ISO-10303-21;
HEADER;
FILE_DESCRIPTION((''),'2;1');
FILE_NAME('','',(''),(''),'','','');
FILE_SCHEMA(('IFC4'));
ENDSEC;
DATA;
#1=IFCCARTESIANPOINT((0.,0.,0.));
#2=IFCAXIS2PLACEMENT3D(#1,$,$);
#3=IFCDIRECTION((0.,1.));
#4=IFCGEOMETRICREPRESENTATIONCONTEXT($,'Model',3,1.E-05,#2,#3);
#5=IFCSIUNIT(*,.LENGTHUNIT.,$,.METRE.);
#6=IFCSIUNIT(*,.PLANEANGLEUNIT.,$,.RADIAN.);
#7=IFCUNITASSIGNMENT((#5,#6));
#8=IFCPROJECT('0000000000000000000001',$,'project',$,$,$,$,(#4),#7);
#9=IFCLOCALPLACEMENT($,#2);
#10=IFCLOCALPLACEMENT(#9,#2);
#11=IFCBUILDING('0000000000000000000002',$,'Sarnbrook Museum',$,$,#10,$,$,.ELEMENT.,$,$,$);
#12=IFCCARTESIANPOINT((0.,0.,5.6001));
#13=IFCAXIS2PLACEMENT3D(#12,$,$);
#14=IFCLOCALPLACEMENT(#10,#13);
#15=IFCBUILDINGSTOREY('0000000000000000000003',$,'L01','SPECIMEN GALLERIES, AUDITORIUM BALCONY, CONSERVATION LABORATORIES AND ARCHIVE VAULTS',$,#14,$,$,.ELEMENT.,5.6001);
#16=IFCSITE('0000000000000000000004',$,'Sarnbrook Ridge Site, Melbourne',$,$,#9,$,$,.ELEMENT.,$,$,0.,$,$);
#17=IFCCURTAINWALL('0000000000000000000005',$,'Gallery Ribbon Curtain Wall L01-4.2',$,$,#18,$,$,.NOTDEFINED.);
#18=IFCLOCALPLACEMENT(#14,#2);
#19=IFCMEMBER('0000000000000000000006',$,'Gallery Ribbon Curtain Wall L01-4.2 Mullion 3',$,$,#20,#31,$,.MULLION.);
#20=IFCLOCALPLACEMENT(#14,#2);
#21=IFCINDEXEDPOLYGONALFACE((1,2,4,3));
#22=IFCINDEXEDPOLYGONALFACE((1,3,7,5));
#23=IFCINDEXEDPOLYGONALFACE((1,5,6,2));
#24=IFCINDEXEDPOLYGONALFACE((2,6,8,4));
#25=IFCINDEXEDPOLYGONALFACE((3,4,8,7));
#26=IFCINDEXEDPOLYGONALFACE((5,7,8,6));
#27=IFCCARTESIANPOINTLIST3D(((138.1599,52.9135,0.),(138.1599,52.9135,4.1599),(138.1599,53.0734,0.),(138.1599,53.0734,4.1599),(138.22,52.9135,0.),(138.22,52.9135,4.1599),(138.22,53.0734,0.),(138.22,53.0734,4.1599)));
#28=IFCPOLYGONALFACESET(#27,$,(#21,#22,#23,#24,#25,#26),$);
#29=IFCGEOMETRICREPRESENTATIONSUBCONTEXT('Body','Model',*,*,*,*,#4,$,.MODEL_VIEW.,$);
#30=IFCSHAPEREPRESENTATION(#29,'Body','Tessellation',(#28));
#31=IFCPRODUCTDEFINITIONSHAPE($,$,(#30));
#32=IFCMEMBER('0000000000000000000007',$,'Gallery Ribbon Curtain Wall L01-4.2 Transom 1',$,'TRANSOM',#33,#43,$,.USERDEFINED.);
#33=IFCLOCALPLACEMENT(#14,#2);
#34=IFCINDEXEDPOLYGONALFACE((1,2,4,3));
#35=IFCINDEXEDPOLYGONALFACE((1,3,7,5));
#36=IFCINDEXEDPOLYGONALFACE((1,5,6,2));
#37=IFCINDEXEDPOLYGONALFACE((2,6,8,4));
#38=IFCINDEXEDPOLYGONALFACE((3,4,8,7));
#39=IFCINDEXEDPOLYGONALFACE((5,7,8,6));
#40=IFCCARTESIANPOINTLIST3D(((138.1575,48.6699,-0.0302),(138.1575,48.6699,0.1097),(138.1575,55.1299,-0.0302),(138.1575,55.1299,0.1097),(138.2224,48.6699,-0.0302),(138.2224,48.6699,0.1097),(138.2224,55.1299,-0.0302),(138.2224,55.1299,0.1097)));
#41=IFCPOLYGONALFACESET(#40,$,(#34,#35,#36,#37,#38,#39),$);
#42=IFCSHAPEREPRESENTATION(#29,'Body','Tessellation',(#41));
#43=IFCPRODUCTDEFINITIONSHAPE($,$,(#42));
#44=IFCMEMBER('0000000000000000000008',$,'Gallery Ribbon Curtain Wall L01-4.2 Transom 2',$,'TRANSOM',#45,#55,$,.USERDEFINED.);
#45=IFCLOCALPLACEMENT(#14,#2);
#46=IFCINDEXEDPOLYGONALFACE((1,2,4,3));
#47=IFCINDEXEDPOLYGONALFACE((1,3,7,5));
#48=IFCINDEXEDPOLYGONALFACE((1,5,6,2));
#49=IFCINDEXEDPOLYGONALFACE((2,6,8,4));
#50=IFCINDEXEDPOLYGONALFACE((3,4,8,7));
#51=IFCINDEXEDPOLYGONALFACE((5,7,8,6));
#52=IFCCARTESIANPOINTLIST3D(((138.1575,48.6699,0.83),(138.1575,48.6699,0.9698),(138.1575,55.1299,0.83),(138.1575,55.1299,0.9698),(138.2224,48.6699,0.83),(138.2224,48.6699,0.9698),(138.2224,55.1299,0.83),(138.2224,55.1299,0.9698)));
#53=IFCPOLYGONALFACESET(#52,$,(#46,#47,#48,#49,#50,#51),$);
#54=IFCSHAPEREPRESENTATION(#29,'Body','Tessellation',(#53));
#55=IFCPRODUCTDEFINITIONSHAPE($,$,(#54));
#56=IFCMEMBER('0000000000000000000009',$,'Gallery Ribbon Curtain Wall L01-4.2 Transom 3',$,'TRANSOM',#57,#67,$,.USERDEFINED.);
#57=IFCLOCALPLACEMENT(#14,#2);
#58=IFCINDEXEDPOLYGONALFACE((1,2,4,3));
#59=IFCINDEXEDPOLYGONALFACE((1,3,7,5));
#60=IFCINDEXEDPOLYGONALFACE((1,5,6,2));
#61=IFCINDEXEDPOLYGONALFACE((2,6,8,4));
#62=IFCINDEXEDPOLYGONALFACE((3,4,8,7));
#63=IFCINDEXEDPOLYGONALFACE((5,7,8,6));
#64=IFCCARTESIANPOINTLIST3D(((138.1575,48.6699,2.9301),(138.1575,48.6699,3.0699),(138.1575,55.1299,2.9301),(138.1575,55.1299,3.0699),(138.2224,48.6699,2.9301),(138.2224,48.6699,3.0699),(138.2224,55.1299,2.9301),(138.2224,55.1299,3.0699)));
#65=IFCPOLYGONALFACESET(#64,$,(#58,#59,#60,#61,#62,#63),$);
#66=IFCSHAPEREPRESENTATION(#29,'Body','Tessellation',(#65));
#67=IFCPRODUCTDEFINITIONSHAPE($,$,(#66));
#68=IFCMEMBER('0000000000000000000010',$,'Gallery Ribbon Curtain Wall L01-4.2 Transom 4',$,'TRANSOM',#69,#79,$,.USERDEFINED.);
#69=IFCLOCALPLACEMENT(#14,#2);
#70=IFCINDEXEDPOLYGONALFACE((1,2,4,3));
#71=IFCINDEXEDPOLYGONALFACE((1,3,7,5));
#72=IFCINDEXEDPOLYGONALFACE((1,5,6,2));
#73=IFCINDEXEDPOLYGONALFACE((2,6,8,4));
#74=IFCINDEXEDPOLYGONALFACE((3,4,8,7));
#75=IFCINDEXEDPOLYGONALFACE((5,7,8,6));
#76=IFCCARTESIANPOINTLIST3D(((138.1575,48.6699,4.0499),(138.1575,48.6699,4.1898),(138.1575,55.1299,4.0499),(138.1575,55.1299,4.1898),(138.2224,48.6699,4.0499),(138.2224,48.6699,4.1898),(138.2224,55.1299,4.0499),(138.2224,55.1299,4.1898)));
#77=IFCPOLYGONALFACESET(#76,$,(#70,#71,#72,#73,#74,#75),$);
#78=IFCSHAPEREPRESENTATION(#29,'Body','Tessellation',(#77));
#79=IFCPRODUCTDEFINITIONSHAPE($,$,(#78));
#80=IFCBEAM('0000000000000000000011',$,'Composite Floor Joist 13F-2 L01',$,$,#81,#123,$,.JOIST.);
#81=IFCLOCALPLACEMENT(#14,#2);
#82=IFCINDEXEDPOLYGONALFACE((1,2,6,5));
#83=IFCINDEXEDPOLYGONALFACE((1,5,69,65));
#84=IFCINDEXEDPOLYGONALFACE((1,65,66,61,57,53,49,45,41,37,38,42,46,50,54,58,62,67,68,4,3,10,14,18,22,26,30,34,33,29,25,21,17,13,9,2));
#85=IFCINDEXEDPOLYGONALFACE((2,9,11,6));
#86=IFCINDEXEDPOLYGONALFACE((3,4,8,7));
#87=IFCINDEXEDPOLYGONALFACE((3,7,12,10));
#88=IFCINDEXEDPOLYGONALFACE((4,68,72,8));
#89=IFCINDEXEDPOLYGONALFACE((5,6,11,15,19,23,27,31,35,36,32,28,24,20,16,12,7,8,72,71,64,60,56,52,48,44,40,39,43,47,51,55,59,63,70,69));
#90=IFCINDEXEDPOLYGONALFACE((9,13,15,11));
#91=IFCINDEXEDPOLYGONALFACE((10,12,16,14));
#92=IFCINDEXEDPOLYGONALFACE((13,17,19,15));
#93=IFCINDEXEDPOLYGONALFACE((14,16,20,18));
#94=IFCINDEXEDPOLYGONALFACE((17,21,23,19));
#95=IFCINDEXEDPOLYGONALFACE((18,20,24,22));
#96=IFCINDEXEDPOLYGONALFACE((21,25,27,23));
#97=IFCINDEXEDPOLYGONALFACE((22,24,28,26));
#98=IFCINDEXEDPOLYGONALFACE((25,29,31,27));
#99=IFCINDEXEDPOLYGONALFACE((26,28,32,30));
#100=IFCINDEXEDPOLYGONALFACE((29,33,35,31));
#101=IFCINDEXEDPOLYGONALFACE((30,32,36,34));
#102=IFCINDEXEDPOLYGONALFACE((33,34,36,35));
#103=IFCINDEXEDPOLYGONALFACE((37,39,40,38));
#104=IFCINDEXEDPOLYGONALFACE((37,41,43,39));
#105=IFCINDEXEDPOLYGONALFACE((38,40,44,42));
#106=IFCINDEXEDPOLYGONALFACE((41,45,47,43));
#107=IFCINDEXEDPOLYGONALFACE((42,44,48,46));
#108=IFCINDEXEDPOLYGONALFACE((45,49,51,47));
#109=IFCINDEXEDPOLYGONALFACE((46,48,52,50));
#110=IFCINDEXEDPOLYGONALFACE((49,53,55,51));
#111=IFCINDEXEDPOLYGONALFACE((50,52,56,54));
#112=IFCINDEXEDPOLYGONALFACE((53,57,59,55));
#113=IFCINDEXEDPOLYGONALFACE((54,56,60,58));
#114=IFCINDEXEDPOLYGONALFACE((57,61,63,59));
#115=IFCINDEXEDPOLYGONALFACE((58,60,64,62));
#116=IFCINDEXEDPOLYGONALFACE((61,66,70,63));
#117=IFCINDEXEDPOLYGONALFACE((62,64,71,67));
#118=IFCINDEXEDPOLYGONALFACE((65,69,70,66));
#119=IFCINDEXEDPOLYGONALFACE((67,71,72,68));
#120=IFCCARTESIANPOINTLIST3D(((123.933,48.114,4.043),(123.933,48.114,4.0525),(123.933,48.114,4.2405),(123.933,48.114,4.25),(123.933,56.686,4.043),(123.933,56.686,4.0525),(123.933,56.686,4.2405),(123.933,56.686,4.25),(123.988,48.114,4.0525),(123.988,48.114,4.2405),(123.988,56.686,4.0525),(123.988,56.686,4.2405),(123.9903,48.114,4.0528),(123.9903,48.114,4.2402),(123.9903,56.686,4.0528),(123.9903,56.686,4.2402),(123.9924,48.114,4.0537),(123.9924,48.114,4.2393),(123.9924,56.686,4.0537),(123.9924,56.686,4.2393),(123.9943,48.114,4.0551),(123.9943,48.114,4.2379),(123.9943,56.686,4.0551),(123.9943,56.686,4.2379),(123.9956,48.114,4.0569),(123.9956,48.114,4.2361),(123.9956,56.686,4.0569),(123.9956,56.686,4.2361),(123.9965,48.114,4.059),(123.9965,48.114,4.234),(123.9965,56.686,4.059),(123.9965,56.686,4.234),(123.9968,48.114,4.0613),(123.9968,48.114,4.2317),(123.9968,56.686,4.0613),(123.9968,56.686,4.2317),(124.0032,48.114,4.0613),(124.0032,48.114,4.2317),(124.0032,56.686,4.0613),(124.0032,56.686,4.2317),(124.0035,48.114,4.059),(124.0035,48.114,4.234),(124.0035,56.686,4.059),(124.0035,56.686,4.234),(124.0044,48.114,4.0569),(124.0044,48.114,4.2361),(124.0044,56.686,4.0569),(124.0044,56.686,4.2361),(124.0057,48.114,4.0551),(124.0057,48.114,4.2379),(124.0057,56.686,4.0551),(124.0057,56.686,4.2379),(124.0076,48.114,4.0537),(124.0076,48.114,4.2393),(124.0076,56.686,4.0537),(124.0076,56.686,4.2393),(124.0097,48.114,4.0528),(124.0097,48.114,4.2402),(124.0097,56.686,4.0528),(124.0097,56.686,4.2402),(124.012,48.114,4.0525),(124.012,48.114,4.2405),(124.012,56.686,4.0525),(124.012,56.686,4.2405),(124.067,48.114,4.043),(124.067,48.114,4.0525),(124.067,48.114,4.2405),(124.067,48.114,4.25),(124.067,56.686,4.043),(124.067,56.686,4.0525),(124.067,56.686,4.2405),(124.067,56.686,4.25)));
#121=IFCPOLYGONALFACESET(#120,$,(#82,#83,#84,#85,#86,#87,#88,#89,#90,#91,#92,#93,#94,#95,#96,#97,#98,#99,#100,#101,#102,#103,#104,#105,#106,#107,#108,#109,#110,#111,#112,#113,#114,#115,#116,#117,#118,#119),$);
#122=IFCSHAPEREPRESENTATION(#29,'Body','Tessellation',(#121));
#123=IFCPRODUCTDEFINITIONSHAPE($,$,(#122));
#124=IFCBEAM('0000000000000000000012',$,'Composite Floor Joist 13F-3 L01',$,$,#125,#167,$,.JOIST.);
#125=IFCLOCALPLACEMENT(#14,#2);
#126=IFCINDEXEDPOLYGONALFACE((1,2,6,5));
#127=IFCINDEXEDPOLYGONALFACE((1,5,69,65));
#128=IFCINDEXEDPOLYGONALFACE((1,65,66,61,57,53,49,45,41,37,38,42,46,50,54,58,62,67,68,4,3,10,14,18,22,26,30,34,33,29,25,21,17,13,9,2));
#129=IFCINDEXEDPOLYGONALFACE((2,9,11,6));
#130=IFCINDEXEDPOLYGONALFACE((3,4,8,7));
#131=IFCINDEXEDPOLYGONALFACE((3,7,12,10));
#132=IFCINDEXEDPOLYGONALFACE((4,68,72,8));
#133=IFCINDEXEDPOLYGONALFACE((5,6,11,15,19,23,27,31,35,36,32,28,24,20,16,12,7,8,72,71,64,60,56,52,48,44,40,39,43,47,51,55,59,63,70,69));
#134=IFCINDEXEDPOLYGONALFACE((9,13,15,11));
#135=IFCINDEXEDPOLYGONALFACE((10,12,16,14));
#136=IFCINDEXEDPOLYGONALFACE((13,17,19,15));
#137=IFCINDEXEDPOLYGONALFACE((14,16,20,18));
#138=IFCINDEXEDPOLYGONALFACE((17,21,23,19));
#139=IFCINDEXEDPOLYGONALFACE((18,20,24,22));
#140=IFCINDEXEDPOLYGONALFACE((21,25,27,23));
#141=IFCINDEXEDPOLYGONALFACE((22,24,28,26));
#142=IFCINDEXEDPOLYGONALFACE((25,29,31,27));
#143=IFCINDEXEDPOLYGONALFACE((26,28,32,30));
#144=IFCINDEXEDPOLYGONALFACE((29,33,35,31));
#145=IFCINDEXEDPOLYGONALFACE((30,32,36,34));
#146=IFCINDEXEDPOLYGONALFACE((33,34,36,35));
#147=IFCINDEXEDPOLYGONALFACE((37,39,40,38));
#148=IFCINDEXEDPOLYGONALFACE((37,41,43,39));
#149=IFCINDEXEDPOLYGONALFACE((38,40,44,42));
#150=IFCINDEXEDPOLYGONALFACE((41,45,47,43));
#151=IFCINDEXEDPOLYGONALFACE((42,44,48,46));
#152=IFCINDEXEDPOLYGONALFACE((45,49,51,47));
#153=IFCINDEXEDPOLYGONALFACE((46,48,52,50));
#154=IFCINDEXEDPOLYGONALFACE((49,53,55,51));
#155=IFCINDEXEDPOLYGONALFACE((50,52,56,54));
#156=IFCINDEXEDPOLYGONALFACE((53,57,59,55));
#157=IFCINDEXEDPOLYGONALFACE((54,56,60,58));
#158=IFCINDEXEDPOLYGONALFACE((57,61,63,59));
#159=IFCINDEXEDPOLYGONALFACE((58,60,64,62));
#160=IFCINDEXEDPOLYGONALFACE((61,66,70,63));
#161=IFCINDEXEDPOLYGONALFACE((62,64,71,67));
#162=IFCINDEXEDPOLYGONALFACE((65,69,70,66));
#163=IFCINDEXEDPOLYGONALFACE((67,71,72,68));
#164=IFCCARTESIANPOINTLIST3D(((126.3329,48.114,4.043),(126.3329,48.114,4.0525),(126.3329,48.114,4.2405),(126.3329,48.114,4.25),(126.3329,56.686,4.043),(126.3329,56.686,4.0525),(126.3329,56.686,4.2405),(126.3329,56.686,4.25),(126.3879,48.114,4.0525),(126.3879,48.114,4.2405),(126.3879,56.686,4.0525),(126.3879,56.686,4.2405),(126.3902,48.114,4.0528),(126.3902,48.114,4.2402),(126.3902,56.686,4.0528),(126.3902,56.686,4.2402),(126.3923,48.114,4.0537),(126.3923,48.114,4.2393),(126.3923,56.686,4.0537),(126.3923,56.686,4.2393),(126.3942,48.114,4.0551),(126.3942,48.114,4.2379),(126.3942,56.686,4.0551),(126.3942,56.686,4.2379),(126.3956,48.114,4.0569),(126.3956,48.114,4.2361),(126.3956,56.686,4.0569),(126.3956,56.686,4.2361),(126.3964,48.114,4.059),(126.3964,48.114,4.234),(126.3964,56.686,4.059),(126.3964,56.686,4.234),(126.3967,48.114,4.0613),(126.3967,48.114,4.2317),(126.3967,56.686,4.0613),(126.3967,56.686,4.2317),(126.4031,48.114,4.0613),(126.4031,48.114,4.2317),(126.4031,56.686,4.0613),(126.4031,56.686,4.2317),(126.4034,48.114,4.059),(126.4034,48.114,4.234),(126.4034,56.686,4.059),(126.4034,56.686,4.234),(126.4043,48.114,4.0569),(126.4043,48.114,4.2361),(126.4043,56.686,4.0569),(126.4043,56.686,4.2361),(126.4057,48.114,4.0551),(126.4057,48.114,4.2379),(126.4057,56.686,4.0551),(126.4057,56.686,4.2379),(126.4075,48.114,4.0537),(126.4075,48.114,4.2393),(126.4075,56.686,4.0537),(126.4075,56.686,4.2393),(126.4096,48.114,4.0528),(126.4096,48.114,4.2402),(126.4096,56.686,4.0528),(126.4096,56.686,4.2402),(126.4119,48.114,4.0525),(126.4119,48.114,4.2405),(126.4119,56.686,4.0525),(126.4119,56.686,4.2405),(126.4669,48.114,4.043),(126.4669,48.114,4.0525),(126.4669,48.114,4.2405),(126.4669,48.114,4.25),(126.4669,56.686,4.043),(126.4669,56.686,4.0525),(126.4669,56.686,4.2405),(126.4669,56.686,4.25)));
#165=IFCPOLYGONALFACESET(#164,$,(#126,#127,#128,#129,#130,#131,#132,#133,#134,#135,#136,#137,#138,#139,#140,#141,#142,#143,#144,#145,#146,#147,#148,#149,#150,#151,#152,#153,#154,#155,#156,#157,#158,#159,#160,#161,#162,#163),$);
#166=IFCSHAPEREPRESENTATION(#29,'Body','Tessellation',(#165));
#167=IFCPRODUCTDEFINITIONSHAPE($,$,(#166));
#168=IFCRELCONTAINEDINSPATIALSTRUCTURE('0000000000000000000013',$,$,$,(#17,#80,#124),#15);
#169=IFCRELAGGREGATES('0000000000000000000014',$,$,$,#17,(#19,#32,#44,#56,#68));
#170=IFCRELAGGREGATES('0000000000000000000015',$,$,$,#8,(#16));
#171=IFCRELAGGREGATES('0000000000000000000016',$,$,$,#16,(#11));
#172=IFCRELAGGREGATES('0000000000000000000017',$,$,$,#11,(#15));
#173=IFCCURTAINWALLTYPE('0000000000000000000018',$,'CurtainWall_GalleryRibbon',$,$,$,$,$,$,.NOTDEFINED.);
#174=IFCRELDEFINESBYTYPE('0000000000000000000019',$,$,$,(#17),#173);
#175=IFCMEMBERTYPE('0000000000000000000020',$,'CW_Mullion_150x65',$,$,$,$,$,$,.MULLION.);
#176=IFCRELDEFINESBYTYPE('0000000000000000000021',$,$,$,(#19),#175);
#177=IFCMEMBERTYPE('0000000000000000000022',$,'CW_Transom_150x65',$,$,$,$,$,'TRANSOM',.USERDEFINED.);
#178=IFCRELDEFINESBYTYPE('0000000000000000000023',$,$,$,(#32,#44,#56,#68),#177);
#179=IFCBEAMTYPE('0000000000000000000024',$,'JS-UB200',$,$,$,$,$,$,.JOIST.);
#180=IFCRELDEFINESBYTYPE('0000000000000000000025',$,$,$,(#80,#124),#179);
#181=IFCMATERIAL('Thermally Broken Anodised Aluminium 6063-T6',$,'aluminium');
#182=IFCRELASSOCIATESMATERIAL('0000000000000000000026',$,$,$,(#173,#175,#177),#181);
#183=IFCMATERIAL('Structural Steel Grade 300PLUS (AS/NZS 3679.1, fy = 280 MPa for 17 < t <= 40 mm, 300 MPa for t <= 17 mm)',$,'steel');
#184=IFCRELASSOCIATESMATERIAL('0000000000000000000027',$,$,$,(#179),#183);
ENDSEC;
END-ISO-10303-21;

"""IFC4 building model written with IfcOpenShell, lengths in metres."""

from ifc_helpers import new_model, si_unit, direction, frame, origin, origin_2d, place, context, subcontext, project, spatial, rectangle, i_section, extrude, material, material_profile, profile_set, type_object, element, aggregate, save


model = new_model("IFC4")

# Units and contexts
model_context = context("Model", 3, precision=1e-05, world=origin(), true_north=direction((0.0, 1.0)))
body_context = subcontext(model_context, "Body", "Model", "MODEL_VIEW")
ifc_project = project(units=[si_unit("LENGTHUNIT", "METRE"), si_unit("PLANEANGLEUNIT", "RADIAN")], contexts=[model_context])

# Site, building, storey
site_placement = place(None, origin())
site = spatial("IfcSite", under=ifc_project, at=site_placement, Name="Sarnbrook Ridge Site, Melbourne", CompositionType="ELEMENT", RefElevation=0.0)
building_placement = place(site_placement, origin())
building = spatial("IfcBuilding", under=site, at=building_placement, Name="Sarnbrook Museum", CompositionType="ELEMENT")
storey_placement = place(building_placement, frame((0.0, 0.0, 5.6001)))
storey = spatial("IfcBuildingStorey", under=building, at=storey_placement, Name="L01", Description="SPECIMEN GALLERIES, AUDITORIUM BALCONY, CONSERVATION LABORATORIES AND ARCHIVE VAULTS", CompositionType="ELEMENT", Elevation=5.6001)

# Shared definitions
ifc_material_1 = material(Name="Structural Steel Grade 300PLUS (AS/NZS 3679.1, fy = 280 MPa for 17 < t <= 40 mm, 300 MPa for t <= 17 mm)", Category="steel")

# Shared definitions
ifc_material_2 = material(Name="Thermally Broken Anodised Aluminium 6063-T6", Category="aluminium")
curtain_wall_type = type_object("IfcCurtainWallType", Name="CurtainWall_GalleryRibbon", PredefinedType="NOTDEFINED", material=ifc_material_2)
ifc_material_profile_1 = material_profile(ifc_material_2, rectangle(XDim=0.0601, YDim=0.1599, at=origin_2d()), Name="ALU MULLION 60x160")
ifc_profile_set_1 = profile_set([ifc_material_profile_1], Name="Thermally Broken Anodised Aluminium 6063-T6")
member_type_1 = type_object("IfcMemberType", Name="CW_Mullion_150x65", PredefinedType="MULLION", material=ifc_profile_set_1)

# Curtain wall, members
curtain_wall_1_placement = place(storey_placement, origin())
curtain_wall_1 = element("IfcCurtainWall", 1, at=curtain_wall_1_placement, inside=storey, type_object=curtain_wall_type, Name="Gallery Ribbon Curtain Wall L01-4.2", PredefinedType="NOTDEFINED")
member_1_placement = place(storey_placement, frame((138.1899, 52.9934, 0.0), z_axis=(0.0, 0.0, 1.0), x_axis=(1.0, 0.0, 0.0)))
member_1 = element("IfcMember", 2, at=member_1_placement, type_object=member_type_1, Name="Gallery Ribbon Curtain Wall L01-4.2 Mullion 3", PredefinedType="MULLION", context=body_context, shape_type="SweptSolid", body=[
    extrude(rectangle(XDim=0.0601, YDim=0.1599, at=origin_2d()), origin(), (0.0, 0.0, 1.0), 4.1599),
])
ifc_material_profile_2 = material_profile(ifc_material_2, rectangle(XDim=0.0649, YDim=0.1399, at=origin_2d()), Name="ALU TRANSOM 65x140")
ifc_profile_set_2 = profile_set([ifc_material_profile_2], Name="Thermally Broken Anodised Aluminium 6063-T6")
member_type_2 = type_object("IfcMemberType", Name="CW_Transom_150x65", ElementType="TRANSOM", PredefinedType="USERDEFINED", material=ifc_profile_set_2)
member_2_placement = place(storey_placement, frame((138.1899, 48.6699, 0.0398), z_axis=(0.0, 1.0, 0.0), x_axis=(-1.0, 0.0, 0.0)))
member_2 = element("IfcMember", 3, at=member_2_placement, type_object=member_type_2, Name="Gallery Ribbon Curtain Wall L01-4.2 Transom 1", ObjectType="TRANSOM", PredefinedType="USERDEFINED", context=body_context, shape_type="SweptSolid", body=[
    extrude(rectangle(XDim=0.0649, YDim=0.1399, at=origin_2d()), origin(), (0.0, 0.0, 1.0), 6.46),
])
member_3_placement = place(storey_placement, frame((138.1899, 48.6699, 0.8999), z_axis=(0.0, 1.0, 0.0), x_axis=(-1.0, 0.0, 0.0)))
member_3 = element("IfcMember", 4, at=member_3_placement, type_object=member_type_2, Name="Gallery Ribbon Curtain Wall L01-4.2 Transom 2", ObjectType="TRANSOM", PredefinedType="USERDEFINED", context=body_context, shape_type="SweptSolid", body=[
    extrude(rectangle(XDim=0.0649, YDim=0.1399, at=origin_2d()), origin(), (0.0, 0.0, 1.0), 6.46),
])
member_4_placement = place(storey_placement, frame((138.1899, 48.6699, 3.0), z_axis=(0.0, 1.0, 0.0), x_axis=(-1.0, 0.0, 0.0)))
member_4 = element("IfcMember", 5, at=member_4_placement, type_object=member_type_2, Name="Gallery Ribbon Curtain Wall L01-4.2 Transom 3", ObjectType="TRANSOM", PredefinedType="USERDEFINED", context=body_context, shape_type="SweptSolid", body=[
    extrude(rectangle(XDim=0.0649, YDim=0.1399, at=origin_2d()), origin(), (0.0, 0.0, 1.0), 6.46),
])
member_5_placement = place(storey_placement, frame((138.1899, 48.6699, 4.1199), z_axis=(0.0, 1.0, 0.0), x_axis=(-1.0, 0.0, 0.0)))
member_5 = element("IfcMember", 6, at=member_5_placement, type_object=member_type_2, Name="Gallery Ribbon Curtain Wall L01-4.2 Transom 4", ObjectType="TRANSOM", PredefinedType="USERDEFINED", context=body_context, shape_type="SweptSolid", body=[
    extrude(rectangle(XDim=0.0649, YDim=0.1399, at=origin_2d()), origin(), (0.0, 0.0, 1.0), 6.46),
])

# Beams
ifc_material_profile_3 = material_profile(ifc_material_1, i_section(OverallWidth=0.134, OverallDepth=0.207, WebThickness=0.0063, FlangeThickness=0.0095, FilletRadius=0.0088, at=origin_2d()), Name="200UB29.8")
ifc_profile_set_3 = profile_set([ifc_material_profile_3], Name="Structural Steel Grade 300PLUS (AS/NZS 3679.1, fy = 280 MPa for 17 < t <= 40 mm, 300 MPa for t <= 17 mm)")
beam_type_1 = type_object("IfcBeamType", Name="JS-UB200", PredefinedType="JOIST", material=ifc_profile_set_3)
for number, where, z_axis, x_axis, name in (
    (7, (124.0, 48.114, 4.1465), (0.0, 1.0, 0.0), (-1.0, 0.0, 0.0), "Composite Floor Joist 13F-2 L01"),
    (8, (126.3999, 48.114, 4.1465), (0.0, 1.0, 0.0), (-1.0, 0.0, 0.0), "Composite Floor Joist 13F-3 L01"),
):
    element("IfcBeam", number, at=place(storey_placement, frame(where, z_axis=z_axis, x_axis=x_axis)), inside=storey, type_object=beam_type_1, Name=name, PredefinedType="JOIST", context=body_context, shape_type="SweptSolid", body=[
        extrude(i_section(OverallWidth=0.134, OverallDepth=0.207, WebThickness=0.0063, FlangeThickness=0.0095, FilletRadius=0.0088, at=origin_2d()), origin(), (0.0, 0.0, 1.0), 8.572),
    ])

aggregate(curtain_wall_1, [member_1, member_2, member_3, member_4, member_5])

save(model, "model.ifc")
